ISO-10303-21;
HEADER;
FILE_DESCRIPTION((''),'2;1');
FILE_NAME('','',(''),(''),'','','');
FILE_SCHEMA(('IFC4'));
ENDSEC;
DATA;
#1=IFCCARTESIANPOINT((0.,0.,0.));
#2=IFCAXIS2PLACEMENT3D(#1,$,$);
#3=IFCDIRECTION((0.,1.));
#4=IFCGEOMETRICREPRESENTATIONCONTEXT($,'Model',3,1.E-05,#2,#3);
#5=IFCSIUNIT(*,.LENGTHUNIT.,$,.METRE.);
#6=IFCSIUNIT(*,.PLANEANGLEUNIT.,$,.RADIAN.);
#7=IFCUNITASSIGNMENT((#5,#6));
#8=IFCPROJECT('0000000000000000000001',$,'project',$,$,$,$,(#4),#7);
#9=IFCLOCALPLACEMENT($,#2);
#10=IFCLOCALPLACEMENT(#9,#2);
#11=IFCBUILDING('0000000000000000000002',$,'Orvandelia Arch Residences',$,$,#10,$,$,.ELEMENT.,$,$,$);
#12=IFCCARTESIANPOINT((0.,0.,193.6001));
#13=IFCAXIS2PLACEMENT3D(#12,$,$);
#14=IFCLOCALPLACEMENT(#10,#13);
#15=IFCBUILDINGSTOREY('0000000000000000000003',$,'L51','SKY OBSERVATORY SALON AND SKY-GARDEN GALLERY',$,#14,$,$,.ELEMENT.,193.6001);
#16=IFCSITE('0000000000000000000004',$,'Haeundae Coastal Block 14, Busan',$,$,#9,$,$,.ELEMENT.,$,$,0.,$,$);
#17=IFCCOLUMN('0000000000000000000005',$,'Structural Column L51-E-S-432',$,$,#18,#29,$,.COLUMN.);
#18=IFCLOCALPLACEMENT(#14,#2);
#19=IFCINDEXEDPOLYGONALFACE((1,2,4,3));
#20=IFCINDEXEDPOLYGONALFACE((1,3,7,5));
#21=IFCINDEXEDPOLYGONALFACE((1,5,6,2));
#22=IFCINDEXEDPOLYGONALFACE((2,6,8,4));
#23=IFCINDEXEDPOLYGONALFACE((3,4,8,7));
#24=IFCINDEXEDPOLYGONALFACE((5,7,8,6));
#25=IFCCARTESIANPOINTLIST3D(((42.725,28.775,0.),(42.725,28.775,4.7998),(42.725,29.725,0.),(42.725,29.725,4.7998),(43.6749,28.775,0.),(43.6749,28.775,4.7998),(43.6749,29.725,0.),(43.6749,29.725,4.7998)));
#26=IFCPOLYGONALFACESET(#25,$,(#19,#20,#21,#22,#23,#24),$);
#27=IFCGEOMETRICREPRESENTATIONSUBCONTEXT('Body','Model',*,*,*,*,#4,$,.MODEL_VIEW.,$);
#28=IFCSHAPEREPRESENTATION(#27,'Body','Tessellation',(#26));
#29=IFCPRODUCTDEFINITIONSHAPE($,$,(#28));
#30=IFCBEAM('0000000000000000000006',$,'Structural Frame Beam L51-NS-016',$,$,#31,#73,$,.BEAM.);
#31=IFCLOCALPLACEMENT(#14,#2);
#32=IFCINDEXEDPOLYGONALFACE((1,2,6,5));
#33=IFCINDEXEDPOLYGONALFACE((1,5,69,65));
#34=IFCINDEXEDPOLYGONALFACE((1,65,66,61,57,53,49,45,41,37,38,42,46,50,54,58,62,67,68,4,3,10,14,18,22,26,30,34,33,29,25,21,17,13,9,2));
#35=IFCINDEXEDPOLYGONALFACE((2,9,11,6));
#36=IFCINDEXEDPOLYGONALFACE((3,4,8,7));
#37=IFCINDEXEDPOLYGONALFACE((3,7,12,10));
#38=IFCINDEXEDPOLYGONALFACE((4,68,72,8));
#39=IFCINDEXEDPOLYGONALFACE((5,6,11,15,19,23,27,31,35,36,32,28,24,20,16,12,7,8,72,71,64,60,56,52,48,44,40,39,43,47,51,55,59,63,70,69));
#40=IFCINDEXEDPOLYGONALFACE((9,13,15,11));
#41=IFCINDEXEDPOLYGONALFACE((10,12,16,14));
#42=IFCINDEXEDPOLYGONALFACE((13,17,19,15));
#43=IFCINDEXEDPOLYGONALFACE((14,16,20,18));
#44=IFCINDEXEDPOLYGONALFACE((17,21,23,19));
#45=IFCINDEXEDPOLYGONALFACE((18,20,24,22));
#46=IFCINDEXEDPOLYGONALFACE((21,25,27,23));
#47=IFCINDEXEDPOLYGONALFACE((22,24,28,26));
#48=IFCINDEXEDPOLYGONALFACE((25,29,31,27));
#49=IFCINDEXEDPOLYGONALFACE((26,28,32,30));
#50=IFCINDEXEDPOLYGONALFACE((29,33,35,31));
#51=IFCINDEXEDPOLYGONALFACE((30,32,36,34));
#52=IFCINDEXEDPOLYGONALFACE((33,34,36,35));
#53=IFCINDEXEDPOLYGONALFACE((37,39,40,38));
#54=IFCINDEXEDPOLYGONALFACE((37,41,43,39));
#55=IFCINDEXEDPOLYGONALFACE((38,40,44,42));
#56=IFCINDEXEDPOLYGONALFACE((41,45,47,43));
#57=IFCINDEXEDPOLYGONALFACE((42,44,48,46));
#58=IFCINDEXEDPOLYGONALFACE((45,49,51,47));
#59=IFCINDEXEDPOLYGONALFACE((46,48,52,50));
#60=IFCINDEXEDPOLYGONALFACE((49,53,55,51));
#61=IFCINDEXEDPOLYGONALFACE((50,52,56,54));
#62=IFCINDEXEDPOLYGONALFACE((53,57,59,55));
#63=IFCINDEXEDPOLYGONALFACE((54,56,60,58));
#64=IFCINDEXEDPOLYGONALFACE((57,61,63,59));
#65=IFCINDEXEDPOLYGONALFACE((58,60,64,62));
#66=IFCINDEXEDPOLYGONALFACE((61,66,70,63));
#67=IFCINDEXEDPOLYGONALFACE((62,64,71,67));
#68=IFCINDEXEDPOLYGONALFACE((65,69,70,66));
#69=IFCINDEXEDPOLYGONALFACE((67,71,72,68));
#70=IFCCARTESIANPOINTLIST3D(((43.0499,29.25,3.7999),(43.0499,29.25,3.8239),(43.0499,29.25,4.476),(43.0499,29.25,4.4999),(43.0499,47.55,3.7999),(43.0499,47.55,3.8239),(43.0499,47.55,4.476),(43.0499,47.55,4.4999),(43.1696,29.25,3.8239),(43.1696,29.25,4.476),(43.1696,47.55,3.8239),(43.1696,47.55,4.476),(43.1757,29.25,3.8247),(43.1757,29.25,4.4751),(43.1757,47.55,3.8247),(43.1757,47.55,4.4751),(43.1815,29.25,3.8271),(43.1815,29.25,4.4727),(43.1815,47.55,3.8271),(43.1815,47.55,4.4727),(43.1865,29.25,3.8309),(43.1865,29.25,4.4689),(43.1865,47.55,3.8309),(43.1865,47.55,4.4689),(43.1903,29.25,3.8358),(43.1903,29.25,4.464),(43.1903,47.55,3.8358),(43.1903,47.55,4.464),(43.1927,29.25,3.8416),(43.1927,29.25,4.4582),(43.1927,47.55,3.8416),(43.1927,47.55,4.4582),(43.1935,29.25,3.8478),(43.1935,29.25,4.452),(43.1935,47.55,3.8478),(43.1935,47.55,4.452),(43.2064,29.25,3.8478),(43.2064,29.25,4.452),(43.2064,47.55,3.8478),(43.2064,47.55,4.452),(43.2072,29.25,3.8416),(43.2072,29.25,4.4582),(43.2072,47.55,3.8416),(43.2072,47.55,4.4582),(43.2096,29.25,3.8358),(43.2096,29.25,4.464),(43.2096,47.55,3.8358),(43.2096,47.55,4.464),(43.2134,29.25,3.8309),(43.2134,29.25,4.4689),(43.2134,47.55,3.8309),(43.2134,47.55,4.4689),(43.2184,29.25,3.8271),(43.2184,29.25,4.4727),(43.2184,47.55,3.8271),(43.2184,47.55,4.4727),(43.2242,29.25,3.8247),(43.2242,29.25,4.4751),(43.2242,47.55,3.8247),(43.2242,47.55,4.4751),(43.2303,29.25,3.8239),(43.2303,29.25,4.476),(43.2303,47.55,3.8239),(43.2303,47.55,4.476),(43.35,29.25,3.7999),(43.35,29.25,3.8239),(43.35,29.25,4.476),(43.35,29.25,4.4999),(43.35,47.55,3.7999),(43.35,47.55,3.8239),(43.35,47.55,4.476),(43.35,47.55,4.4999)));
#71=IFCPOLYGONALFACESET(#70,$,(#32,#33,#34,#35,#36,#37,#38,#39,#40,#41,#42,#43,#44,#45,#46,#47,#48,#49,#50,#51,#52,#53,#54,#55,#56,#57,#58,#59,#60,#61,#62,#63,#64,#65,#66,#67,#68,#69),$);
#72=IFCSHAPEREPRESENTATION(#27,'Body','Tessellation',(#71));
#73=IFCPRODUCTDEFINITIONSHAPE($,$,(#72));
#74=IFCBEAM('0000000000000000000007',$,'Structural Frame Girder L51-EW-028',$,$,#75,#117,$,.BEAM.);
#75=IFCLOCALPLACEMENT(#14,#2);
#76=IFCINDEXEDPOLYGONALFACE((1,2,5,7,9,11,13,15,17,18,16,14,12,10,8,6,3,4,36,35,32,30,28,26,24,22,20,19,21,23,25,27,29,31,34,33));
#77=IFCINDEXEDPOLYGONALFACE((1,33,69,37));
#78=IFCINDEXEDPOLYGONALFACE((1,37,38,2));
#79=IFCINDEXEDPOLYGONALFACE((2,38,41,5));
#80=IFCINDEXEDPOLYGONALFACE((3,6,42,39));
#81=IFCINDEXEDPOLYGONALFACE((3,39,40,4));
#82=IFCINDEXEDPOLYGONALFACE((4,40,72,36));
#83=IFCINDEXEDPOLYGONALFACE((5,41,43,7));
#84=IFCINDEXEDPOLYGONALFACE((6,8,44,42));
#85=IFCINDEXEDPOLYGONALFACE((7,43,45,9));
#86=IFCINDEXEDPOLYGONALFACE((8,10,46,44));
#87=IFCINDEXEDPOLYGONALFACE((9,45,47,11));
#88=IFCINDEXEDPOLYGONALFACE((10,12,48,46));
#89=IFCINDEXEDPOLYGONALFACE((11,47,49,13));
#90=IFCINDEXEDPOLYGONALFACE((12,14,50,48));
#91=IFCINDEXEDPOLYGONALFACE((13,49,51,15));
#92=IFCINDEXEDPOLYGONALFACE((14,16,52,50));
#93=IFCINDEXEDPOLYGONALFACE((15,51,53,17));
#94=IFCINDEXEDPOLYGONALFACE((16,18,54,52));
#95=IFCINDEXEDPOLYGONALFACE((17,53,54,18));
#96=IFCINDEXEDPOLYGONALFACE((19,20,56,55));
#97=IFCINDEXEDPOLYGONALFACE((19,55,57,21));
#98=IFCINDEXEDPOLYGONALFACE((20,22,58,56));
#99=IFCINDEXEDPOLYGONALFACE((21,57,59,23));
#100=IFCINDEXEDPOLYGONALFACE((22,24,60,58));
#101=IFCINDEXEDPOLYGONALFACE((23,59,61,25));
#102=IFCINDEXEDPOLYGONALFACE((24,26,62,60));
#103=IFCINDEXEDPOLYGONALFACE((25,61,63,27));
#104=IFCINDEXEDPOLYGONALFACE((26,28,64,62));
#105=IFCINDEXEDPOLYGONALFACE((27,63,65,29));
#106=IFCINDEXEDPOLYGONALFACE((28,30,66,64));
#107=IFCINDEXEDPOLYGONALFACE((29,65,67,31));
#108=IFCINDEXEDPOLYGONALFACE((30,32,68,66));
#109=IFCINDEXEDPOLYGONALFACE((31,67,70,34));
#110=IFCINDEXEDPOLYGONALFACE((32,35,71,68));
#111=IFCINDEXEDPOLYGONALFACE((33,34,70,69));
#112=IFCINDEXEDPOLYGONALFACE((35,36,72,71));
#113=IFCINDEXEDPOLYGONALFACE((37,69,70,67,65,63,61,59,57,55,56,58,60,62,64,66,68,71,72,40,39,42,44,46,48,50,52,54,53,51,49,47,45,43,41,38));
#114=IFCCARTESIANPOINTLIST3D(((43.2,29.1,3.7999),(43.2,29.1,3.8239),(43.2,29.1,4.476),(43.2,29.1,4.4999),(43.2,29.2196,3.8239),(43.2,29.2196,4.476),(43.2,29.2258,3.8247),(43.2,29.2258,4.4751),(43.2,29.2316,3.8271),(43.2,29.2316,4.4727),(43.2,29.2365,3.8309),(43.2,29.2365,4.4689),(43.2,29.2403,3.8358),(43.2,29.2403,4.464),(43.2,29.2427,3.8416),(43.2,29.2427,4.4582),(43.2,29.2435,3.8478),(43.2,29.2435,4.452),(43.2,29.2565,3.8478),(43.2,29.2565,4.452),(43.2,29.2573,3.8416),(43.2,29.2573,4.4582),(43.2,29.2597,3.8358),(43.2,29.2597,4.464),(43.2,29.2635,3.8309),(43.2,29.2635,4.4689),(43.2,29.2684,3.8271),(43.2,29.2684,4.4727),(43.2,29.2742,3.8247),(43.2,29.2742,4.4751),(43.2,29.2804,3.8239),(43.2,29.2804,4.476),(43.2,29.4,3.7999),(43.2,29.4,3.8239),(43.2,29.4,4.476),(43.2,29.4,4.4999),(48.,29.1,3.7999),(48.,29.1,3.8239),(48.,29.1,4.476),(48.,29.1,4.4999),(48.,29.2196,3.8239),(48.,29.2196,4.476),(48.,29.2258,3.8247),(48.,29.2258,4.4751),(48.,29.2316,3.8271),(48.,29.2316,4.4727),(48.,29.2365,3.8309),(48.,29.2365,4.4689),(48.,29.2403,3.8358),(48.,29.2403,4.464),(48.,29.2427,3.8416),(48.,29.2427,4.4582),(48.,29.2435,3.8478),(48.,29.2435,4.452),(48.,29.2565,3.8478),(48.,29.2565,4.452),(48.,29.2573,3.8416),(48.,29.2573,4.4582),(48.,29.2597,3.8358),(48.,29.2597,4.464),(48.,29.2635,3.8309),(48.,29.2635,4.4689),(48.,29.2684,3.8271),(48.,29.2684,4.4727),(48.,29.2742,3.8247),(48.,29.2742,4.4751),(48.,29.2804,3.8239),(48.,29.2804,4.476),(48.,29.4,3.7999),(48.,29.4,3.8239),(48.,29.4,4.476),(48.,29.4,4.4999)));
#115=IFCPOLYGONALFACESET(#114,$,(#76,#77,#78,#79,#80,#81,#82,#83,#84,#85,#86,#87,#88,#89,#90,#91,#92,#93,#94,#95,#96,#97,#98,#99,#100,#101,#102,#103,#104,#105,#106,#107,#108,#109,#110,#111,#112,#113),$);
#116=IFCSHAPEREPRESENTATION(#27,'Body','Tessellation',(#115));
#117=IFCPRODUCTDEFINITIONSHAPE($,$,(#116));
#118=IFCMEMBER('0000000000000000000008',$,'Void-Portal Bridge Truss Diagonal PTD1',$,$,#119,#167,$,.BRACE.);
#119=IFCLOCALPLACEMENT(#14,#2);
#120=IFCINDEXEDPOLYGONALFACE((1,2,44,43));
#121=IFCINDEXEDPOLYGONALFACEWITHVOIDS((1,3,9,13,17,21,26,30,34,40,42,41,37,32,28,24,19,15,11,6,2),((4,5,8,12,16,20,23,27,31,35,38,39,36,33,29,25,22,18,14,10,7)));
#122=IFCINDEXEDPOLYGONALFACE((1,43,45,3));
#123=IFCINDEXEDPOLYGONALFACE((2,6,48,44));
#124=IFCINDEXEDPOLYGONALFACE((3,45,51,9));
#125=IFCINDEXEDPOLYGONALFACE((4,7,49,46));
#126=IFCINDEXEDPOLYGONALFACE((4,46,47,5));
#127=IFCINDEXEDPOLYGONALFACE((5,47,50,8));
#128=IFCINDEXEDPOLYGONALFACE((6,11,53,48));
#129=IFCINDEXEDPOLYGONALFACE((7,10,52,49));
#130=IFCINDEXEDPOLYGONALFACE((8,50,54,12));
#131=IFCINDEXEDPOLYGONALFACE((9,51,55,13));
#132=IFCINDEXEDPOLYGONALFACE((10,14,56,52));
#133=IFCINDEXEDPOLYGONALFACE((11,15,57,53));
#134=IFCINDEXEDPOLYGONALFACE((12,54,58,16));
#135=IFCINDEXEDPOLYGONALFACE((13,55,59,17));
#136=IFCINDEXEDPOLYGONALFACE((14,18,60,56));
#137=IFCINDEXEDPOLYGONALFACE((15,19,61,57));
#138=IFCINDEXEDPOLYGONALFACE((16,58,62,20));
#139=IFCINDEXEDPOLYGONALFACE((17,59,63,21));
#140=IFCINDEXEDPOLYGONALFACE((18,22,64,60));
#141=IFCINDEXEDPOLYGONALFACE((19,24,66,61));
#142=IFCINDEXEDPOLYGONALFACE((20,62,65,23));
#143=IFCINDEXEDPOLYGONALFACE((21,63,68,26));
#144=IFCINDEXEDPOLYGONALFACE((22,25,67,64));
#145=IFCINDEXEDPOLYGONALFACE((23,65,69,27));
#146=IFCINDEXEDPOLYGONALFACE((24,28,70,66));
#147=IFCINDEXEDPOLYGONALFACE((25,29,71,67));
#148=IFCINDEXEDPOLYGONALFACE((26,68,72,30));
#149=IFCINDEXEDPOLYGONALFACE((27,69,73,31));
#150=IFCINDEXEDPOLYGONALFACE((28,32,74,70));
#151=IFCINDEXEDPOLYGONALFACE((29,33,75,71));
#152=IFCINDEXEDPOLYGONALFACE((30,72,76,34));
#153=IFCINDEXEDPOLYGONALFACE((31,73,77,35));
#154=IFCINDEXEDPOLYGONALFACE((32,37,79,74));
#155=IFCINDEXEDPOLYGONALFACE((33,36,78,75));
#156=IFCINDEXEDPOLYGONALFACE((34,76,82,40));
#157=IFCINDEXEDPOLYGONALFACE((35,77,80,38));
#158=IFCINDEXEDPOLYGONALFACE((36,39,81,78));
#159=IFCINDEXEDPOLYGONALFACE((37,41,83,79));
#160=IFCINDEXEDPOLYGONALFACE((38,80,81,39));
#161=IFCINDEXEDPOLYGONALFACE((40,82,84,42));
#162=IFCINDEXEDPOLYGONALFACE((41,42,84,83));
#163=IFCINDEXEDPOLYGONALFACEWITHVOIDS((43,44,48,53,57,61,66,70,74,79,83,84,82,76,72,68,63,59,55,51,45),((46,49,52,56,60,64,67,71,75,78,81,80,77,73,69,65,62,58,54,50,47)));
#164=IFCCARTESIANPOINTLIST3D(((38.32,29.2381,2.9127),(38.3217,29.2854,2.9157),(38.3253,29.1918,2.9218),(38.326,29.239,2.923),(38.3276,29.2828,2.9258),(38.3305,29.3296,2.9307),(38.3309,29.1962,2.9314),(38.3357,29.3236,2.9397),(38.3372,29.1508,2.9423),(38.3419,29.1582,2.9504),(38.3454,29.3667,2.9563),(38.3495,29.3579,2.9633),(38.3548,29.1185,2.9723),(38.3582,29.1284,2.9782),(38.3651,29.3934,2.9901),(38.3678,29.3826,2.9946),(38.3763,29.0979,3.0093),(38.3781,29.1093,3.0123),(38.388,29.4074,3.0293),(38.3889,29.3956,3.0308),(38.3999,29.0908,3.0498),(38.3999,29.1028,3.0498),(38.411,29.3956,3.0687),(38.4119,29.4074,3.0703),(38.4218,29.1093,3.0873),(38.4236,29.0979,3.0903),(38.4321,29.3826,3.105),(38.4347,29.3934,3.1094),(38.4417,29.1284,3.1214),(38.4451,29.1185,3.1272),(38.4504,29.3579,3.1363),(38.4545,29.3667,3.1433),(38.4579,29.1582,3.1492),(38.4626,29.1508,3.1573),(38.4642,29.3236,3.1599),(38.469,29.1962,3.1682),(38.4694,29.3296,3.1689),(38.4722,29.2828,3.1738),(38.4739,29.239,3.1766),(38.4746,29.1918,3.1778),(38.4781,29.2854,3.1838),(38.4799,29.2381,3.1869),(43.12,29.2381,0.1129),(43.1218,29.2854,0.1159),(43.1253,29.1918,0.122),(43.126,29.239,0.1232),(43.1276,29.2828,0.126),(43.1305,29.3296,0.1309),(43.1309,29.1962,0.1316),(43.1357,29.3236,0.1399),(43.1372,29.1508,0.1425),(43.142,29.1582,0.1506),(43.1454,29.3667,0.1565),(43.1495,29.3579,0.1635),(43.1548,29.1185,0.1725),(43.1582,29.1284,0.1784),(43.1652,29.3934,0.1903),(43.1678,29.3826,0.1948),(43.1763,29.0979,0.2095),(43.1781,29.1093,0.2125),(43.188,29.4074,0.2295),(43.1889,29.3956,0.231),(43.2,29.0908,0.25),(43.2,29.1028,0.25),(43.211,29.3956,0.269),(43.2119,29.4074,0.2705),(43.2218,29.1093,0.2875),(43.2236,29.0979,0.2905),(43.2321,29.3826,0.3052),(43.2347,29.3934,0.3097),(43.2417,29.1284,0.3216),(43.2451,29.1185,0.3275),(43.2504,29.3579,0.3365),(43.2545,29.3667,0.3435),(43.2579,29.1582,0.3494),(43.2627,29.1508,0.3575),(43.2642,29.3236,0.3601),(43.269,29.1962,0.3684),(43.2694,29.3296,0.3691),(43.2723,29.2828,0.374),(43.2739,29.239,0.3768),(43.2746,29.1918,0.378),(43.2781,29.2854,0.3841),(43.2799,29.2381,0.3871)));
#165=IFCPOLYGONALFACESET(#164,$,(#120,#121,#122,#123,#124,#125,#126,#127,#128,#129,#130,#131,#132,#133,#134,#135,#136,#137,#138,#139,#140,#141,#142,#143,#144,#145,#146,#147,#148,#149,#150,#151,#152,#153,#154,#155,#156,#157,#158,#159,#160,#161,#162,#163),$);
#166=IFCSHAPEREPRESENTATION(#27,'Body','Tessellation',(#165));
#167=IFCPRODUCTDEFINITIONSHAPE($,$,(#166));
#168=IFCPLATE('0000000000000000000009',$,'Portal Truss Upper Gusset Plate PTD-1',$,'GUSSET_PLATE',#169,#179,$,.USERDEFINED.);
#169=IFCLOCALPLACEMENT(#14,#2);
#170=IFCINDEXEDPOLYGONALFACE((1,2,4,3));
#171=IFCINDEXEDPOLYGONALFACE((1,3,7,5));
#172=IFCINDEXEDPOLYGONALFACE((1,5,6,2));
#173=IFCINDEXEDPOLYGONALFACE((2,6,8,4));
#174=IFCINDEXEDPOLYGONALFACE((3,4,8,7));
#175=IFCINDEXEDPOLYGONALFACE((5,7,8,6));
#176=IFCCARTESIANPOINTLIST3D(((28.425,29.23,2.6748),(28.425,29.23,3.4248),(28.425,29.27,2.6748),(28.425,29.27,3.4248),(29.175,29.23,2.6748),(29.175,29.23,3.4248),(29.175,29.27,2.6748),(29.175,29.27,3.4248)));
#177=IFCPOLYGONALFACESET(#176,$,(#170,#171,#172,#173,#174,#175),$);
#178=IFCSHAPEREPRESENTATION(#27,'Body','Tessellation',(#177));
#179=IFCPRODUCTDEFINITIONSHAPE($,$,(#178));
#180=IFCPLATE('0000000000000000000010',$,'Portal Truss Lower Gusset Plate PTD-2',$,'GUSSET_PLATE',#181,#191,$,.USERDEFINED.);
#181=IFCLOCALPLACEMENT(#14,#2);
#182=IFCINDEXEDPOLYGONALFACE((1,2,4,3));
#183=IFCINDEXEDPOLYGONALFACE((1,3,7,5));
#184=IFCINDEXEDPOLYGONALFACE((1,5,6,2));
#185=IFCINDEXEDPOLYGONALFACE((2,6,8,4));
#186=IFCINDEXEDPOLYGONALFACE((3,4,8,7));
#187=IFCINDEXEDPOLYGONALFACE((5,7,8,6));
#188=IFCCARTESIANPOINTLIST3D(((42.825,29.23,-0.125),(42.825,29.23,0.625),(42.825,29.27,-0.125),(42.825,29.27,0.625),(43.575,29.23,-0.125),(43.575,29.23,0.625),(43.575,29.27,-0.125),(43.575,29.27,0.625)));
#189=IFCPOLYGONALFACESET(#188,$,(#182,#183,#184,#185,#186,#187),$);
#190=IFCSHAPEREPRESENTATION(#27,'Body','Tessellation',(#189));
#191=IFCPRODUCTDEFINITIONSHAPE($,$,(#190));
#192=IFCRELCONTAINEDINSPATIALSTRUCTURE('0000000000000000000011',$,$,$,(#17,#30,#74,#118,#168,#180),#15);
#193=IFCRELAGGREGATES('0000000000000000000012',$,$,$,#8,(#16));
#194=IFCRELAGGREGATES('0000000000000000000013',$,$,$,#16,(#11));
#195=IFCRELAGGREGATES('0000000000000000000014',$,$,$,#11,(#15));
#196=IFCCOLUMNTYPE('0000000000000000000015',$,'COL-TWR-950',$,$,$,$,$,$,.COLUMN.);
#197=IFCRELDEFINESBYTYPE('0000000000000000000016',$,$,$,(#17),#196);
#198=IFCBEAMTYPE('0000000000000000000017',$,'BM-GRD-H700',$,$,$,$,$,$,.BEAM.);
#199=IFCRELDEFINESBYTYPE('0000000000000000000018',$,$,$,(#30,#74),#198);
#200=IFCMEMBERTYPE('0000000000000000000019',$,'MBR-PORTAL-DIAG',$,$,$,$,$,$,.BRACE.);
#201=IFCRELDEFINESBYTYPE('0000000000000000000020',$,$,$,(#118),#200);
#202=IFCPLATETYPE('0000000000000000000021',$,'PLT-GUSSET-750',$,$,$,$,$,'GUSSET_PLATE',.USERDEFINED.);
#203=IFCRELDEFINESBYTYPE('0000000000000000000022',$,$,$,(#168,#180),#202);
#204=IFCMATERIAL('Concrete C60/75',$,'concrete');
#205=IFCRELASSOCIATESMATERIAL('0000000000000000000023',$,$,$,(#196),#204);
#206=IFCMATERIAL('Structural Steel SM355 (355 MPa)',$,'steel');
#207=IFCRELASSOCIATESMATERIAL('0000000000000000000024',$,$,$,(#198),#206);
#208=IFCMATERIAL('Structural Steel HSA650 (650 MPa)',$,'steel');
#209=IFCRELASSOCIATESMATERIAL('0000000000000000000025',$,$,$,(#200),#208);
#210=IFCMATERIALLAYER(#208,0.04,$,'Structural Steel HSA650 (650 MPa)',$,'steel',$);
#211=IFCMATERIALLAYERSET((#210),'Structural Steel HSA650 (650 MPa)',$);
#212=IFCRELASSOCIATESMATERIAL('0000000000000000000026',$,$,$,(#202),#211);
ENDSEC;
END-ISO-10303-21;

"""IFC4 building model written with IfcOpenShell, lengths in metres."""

from ifc_helpers import new_model, si_unit, direction, frame, origin, origin_2d, place, context, subcontext, project, spatial, rectangle, hollow_circle, i_section, extrude, material, layer, layer_set, material_profile, profile_set, type_object, element, save


model = new_model("IFC4")

# Units and contexts
model_context = context("Model", 3, precision=1e-05, world=origin(), true_north=direction((0.0, 1.0)))
body_context = subcontext(model_context, "Body", "Model", "MODEL_VIEW")
ifc_project = project(units=[si_unit("LENGTHUNIT", "METRE"), si_unit("PLANEANGLEUNIT", "RADIAN")], contexts=[model_context])

# Site, building, storey
site_placement = place(None, origin())
site = spatial("IfcSite", under=ifc_project, at=site_placement, Name="Haeundae Coastal Block 14, Busan", CompositionType="ELEMENT", RefElevation=0.0)
building_placement = place(site_placement, origin())
building = spatial("IfcBuilding", under=site, at=building_placement, Name="Orvandelia Arch Residences", CompositionType="ELEMENT")
storey_placement = place(building_placement, frame((0.0, 0.0, 193.6001)))
storey = spatial("IfcBuildingStorey", under=building, at=storey_placement, Name="L51", Description="SKY OBSERVATORY SALON AND SKY-GARDEN GALLERY", CompositionType="ELEMENT", Elevation=193.6001)

# Column
ifc_material_1 = material(Name="Concrete C60/75", Category="concrete")
ifc_material_profile_1 = material_profile(ifc_material_1, rectangle(XDim=0.95, YDim=0.95, at=origin_2d()), Name="Concrete C60/75", Category="concrete")
ifc_profile_set_1 = profile_set([ifc_material_profile_1], Name="Concrete C60/75")
column_type = type_object("IfcColumnType", Name="COL-TWR-950", PredefinedType="COLUMN", material=ifc_profile_set_1)
column_placement = place(storey_placement, frame((43.2, 29.25, 0.0), z_axis=(0.0, 0.0, 1.0), x_axis=(1.0, 0.0, 0.0)))
element("IfcColumn", 1, at=column_placement, inside=storey, type_object=column_type, Name="Structural Column L51-E-S-432", PredefinedType="COLUMN", context=body_context, shape_type="SweptSolid", body=[
    extrude(rectangle(XDim=0.95, YDim=0.95, at=origin_2d()), origin(), (0.0, 0.0, 1.0), 4.7998),
])

# Beams
ifc_material_2 = material(Name="Structural Steel SM355 (355 MPa)", Category="steel")
ifc_material_profile_2 = material_profile(ifc_material_2, i_section(OverallWidth=0.3, OverallDepth=0.7, WebThickness=0.0129, FlangeThickness=0.0239, FilletRadius=0.0239, at=origin_2d()), Name="Structural Steel SM355 (355 MPa)", Category="steel")
ifc_profile_set_2 = profile_set([ifc_material_profile_2], Name="Structural Steel SM355 (355 MPa)")
beam_type = type_object("IfcBeamType", Name="BM-GRD-H700", PredefinedType="BEAM", material=ifc_profile_set_2)
beam_1_placement = place(storey_placement, frame((43.2, 29.25, 4.1499), z_axis=(0.0, 1.0, 0.0), x_axis=(-1.0, 0.0, 0.0)))
element("IfcBeam", 2, at=beam_1_placement, inside=storey, type_object=beam_type, Name="Structural Frame Beam L51-NS-016", PredefinedType="BEAM", context=body_context, shape_type="SweptSolid", body=[
    extrude(i_section(OverallWidth=0.3, OverallDepth=0.7, WebThickness=0.0129, FlangeThickness=0.0239, FilletRadius=0.0239, at=origin_2d()), origin(), (0.0, 0.0, 1.0), 18.3),
])
beam_2_placement = place(storey_placement, frame((43.2, 29.25, 4.1499), z_axis=(1.0, 0.0, 0.0), x_axis=(0.0, 1.0, 0.0)))
element("IfcBeam", 3, at=beam_2_placement, inside=storey, type_object=beam_type, Name="Structural Frame Girder L51-EW-028", PredefinedType="BEAM", context=body_context, shape_type="SweptSolid", body=[
    extrude(i_section(OverallWidth=0.3, OverallDepth=0.7, WebThickness=0.0129, FlangeThickness=0.0239, FilletRadius=0.0239, at=origin_2d()), origin(), (0.0, 0.0, 1.0), 4.8),
])

# Member
ifc_material_3 = material(Name="Structural Steel HSA650 (650 MPa)", Category="steel")
ifc_material_profile_3 = material_profile(ifc_material_3, hollow_circle(Radius=0.1592, WallThickness=0.012, at=origin_2d()), Name="Structural Steel HSA650 (650 MPa)", Category="steel")
ifc_profile_set_3 = profile_set([ifc_material_profile_3], Name="Structural Steel HSA650 (650 MPa)")
member_type = type_object("IfcMemberType", Name="MBR-PORTAL-DIAG", PredefinedType="BRACE", material=ifc_profile_set_3)
member_placement = place(storey_placement, frame((43.2, 29.25, 0.25), z_axis=(-0.863796, 0.0, 0.503841), x_axis=(0.0, -1.0, 0.0)))
element("IfcMember", 4, at=member_placement, inside=storey, type_object=member_type, Name="Void-Portal Bridge Truss Diagonal PTD1", PredefinedType="BRACE", context=body_context, shape_type="SweptSolid", body=[
    extrude(hollow_circle(Radius=0.1592, WallThickness=0.012, at=origin_2d()), origin(), (0.0, 0.0, 1.0), 5.5569),
])

# Plates
ifc_layer_1 = layer(ifc_material_3, 0.04, Name="Structural Steel HSA650 (650 MPa)", Category="steel")
ifc_layer_set_1 = layer_set([ifc_layer_1], Name="Structural Steel HSA650 (650 MPa)")
plate_type = type_object("IfcPlateType", Name="PLT-GUSSET-750", ElementType="GUSSET_PLATE", PredefinedType="USERDEFINED", material=ifc_layer_set_1)
for number, where, z_axis, x_axis, name in (
    (5, (28.8, 29.25, 2.6748), (0.0, 0.0, 1.0), (1.0, 0.0, 0.0), "Portal Truss Upper Gusset Plate PTD-1"),
    (6, (43.2, 29.25, -0.125), (0.0, 0.0, 1.0), (1.0, 0.0, 0.0), "Portal Truss Lower Gusset Plate PTD-2"),
):
    element("IfcPlate", number, at=place(storey_placement, frame(where, z_axis=z_axis, x_axis=x_axis)), inside=storey, type_object=plate_type, Name=name, ObjectType="GUSSET_PLATE", PredefinedType="USERDEFINED", context=body_context, shape_type="SweptSolid", body=[
        extrude(rectangle(XDim=0.75, YDim=0.04, at=origin_2d()), origin(), (0.0, 0.0, 1.0), 0.75),
    ])

save(model, "model.ifc")
